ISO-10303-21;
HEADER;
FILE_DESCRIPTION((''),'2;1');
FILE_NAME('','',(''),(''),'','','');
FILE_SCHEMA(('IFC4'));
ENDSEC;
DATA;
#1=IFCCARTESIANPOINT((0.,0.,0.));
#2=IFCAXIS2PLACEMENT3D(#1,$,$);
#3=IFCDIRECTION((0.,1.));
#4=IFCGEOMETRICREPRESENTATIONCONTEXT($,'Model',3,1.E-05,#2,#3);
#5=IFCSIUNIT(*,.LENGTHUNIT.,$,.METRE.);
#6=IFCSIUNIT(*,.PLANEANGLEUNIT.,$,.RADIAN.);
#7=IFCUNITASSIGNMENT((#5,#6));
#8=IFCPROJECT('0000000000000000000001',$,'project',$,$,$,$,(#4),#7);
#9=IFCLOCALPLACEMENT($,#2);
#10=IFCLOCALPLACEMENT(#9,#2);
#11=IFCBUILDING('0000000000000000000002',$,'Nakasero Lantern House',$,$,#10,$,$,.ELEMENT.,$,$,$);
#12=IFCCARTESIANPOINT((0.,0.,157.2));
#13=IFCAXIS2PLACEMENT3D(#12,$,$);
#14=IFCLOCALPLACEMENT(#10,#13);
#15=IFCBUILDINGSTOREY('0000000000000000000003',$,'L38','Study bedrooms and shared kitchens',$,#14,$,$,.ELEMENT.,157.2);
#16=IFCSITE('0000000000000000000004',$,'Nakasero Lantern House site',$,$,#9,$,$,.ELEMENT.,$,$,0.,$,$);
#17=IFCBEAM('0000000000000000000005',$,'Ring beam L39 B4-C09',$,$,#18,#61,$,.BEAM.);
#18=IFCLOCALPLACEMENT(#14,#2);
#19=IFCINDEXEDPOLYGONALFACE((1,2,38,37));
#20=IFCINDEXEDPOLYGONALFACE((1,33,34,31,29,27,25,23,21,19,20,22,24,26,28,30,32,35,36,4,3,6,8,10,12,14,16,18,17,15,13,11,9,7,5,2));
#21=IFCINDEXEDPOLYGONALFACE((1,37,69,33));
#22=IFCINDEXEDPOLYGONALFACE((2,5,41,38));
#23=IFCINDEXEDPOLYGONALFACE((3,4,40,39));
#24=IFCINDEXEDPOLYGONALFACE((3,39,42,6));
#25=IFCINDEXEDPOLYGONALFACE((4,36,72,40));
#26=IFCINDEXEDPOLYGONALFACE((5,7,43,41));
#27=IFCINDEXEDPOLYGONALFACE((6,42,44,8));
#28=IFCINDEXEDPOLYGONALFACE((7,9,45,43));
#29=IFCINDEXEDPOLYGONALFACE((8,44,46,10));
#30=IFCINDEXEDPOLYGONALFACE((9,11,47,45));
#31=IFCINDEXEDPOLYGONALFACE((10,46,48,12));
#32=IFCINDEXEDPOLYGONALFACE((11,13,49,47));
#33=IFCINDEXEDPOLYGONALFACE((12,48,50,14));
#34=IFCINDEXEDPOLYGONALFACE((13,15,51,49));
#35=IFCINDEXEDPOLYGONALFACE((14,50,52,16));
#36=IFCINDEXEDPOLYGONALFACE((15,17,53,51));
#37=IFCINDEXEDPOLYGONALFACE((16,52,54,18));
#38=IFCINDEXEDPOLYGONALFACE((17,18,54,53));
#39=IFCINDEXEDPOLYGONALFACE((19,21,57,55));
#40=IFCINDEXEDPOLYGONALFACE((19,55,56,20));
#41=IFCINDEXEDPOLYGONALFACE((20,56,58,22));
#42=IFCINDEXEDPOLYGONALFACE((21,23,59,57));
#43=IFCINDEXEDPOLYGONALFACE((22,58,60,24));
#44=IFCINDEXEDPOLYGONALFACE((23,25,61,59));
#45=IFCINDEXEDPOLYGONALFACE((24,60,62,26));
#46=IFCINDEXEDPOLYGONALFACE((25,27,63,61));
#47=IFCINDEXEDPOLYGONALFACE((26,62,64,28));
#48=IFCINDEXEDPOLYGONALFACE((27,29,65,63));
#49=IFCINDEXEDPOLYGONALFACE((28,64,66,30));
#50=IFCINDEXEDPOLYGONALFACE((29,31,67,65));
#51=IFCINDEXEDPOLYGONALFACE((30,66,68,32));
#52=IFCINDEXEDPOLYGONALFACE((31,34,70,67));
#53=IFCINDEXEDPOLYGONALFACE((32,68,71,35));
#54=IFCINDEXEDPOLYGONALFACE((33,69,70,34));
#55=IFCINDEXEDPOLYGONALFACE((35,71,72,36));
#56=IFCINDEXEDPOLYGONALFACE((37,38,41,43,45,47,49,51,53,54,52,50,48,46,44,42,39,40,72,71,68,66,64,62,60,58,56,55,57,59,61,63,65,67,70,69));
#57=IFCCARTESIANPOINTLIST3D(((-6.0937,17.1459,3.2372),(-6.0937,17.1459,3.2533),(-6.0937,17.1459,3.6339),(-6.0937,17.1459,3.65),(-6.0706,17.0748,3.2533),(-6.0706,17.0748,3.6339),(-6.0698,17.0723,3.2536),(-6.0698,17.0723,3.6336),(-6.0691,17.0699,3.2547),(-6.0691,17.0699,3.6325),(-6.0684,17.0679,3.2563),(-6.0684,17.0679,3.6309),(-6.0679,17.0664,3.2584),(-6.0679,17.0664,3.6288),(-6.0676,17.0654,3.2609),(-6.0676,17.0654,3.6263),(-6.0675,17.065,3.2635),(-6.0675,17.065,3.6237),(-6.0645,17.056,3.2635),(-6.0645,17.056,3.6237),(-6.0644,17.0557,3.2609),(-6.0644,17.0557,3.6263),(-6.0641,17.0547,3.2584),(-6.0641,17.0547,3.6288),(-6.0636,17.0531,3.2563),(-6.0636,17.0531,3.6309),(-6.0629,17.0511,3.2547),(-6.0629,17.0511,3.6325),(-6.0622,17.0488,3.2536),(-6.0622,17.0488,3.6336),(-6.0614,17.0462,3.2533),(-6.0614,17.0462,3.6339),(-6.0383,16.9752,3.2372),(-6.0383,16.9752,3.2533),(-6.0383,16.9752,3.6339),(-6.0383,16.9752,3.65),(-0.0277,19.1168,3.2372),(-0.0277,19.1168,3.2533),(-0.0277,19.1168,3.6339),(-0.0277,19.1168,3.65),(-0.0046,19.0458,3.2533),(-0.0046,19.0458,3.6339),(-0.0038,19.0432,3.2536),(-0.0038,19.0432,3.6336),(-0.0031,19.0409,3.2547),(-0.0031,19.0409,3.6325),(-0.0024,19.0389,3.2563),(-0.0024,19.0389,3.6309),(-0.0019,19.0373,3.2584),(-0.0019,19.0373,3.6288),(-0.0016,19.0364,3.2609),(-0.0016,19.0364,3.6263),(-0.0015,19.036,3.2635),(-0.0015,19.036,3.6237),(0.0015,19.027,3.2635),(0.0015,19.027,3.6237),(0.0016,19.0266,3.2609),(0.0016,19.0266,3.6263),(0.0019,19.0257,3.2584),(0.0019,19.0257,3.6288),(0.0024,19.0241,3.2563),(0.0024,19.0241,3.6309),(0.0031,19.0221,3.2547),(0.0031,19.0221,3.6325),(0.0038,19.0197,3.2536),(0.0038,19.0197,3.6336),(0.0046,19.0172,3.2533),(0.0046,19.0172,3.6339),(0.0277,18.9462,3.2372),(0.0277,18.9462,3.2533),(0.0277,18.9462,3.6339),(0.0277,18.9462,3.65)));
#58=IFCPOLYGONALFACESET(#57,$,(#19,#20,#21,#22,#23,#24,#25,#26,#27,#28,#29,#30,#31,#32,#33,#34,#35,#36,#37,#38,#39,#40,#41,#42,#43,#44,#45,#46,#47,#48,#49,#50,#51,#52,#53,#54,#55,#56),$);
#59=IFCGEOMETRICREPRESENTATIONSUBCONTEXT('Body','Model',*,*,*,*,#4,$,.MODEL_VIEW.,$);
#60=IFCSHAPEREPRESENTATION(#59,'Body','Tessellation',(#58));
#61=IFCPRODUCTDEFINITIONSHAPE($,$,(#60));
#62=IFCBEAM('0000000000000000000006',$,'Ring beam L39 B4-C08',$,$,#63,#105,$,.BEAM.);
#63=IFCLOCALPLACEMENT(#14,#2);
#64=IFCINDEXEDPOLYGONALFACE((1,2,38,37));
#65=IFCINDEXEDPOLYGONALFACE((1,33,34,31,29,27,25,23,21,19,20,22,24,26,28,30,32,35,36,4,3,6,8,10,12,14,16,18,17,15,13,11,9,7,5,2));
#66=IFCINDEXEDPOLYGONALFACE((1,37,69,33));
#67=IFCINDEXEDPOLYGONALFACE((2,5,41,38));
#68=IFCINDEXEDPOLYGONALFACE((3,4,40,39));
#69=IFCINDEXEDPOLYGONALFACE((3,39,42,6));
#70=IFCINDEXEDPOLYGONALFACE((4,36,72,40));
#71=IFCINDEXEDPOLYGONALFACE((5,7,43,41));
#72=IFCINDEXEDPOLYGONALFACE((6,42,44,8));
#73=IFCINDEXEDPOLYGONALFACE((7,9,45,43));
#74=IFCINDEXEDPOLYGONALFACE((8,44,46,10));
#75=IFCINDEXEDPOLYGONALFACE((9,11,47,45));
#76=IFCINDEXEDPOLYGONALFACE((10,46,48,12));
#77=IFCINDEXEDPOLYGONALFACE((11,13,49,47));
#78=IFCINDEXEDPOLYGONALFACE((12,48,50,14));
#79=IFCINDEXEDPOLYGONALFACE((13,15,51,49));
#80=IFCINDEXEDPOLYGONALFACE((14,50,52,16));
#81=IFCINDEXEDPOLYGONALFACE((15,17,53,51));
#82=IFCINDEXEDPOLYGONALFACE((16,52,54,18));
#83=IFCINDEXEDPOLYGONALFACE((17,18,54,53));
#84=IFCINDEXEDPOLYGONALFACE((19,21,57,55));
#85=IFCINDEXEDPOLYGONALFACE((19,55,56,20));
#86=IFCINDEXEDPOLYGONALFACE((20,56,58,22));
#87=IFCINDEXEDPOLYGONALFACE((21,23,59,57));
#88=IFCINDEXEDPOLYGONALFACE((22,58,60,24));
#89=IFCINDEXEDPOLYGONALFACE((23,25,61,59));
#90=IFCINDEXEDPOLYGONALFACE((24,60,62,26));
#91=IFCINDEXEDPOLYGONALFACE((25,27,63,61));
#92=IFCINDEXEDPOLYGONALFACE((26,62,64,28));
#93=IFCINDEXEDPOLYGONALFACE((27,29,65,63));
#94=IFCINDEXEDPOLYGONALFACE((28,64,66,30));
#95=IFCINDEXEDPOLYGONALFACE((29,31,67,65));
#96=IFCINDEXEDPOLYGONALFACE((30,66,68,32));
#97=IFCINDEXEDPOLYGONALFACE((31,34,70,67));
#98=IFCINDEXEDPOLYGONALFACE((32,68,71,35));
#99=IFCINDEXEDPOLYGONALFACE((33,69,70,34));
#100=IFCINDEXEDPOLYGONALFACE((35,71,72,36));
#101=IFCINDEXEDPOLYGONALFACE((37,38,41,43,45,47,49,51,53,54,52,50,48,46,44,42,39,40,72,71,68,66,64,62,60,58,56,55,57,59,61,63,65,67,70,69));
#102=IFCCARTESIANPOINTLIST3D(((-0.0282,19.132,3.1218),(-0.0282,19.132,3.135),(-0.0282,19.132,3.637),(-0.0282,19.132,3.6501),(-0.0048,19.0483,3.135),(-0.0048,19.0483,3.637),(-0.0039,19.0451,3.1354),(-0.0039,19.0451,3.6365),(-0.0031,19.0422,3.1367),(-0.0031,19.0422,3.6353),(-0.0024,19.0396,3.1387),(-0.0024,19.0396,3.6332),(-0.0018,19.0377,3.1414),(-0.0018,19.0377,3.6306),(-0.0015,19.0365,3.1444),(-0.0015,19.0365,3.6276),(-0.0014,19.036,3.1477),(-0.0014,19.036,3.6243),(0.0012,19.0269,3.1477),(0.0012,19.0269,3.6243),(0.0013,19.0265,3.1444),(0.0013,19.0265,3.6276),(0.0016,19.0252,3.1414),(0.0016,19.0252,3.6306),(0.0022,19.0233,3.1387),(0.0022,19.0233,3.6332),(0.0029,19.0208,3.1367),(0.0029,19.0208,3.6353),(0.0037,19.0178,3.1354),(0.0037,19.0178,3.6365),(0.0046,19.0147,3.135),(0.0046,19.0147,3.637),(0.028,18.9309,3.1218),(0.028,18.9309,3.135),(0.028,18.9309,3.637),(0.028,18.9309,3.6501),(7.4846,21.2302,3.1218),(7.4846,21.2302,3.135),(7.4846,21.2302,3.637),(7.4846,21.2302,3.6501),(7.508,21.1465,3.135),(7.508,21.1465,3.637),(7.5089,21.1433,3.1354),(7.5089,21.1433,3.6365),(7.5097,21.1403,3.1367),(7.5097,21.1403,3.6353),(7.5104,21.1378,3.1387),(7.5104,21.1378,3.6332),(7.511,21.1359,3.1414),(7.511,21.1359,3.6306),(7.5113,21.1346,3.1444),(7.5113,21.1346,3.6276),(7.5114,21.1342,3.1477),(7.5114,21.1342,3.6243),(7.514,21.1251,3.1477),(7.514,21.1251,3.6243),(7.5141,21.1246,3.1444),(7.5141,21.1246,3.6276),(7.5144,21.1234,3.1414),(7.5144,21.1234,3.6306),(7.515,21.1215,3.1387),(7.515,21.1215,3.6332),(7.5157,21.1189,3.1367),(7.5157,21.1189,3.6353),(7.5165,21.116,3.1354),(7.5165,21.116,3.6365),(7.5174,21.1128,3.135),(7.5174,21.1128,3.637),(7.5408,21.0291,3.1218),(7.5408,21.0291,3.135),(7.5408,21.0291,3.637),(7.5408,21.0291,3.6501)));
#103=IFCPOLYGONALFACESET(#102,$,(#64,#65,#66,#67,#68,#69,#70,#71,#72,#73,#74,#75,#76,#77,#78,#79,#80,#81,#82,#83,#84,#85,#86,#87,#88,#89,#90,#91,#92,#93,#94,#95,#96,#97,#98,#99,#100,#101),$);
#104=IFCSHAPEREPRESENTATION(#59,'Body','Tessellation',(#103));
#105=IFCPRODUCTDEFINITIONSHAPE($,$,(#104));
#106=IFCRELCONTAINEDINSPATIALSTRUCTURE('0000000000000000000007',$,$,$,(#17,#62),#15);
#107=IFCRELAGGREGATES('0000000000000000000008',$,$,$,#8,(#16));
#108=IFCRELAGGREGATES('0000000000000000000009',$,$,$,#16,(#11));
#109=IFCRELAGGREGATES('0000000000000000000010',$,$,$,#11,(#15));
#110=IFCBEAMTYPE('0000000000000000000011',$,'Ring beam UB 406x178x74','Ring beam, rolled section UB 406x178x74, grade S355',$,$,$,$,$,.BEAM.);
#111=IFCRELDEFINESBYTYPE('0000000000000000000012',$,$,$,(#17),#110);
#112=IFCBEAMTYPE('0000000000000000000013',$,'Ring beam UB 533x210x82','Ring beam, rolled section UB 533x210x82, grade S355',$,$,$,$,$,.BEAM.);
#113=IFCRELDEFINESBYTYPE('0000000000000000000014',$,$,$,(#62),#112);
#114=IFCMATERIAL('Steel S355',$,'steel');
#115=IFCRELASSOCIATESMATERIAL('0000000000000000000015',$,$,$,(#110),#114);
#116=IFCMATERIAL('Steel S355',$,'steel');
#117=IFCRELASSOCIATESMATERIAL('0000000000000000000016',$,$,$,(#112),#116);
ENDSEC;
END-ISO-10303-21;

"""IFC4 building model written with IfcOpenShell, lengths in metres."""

from ifc_helpers import new_model, si_unit, direction, frame, origin, origin_2d, place, context, subcontext, project, spatial, i_section, extrude, material, material_profile, profile_set, type_object, element, save


model = new_model("IFC4")

# Units and contexts
model_context = context("Model", 3, precision=1e-05, world=origin(), true_north=direction((0.0, 1.0)))
body_context = subcontext(model_context, "Body", "Model", "MODEL_VIEW")
ifc_project = project(units=[si_unit("LENGTHUNIT", "METRE"), si_unit("PLANEANGLEUNIT", "RADIAN")], contexts=[model_context])

# Site, building, storey
site_placement = place(None, origin())
site = spatial("IfcSite", under=ifc_project, at=site_placement, Name="Nakasero Lantern House site", CompositionType="ELEMENT", RefElevation=0.0)
building_placement = place(site_placement, origin())
building = spatial("IfcBuilding", under=site, at=building_placement, Name="Nakasero Lantern House", CompositionType="ELEMENT")
storey_placement = place(building_placement, frame((0.0, 0.0, 157.2)))
storey = spatial("IfcBuildingStorey", under=building, at=storey_placement, Name="L38", Description="Study bedrooms and shared kitchens", CompositionType="ELEMENT", Elevation=157.2)

# Beams
ifc_material_1 = material(Name="Steel S355", Category="steel")
ifc_material_profile_1 = material_profile(ifc_material_1, i_section(OverallWidth=0.1794, OverallDepth=0.4128, WebThickness=0.0095, FlangeThickness=0.0161, FilletRadius=0.0103, at=origin_2d()), Name="UB 406x178x74")
ifc_profile_set_1 = profile_set([ifc_material_profile_1], Name="Steel S355")
beam_type_1 = type_object("IfcBeamType", Name="Ring beam UB 406x178x74", Description="Ring beam, rolled section UB 406x178x74, grade S355", PredefinedType="BEAM", material=ifc_profile_set_1)
beam_1_placement = place(storey_placement, frame((0.0, 19.0315, 3.4436), z_axis=(-0.951056, -0.309019, 0.0), x_axis=(0.309019, -0.951056, 0.0)))
element("IfcBeam", 1, at=beam_1_placement, inside=storey, type_object=beam_type_1, Name="Ring beam L39 B4-C09", PredefinedType="BEAM", context=body_context, shape_type="SweptSolid", body=[
    extrude(i_section(OverallWidth=0.1794, OverallDepth=0.4128, WebThickness=0.0095, FlangeThickness=0.0161, FilletRadius=0.0103, at=origin_2d()), origin(), (0.0, 0.0, 1.0), 6.3782),
])
ifc_material_2 = material(Name="Steel S355", Category="steel")
ifc_material_profile_2 = material_profile(ifc_material_2, i_section(OverallWidth=0.2087, OverallDepth=0.5283, WebThickness=0.0095, FlangeThickness=0.0132, FilletRadius=0.0127, at=origin_2d()), Name="UB 533x210x82")
ifc_profile_set_2 = profile_set([ifc_material_profile_2], Name="Steel S355")
beam_type_2 = type_object("IfcBeamType", Name="Ring beam UB 533x210x82", Description="Ring beam, rolled section UB 533x210x82, grade S355", PredefinedType="BEAM", material=ifc_profile_set_2)
beam_2_placement = place(storey_placement, frame((7.5127, 21.1296, 3.386), z_axis=(-0.963144, -0.268987, 0.0), x_axis=(0.268987, -0.963144, 0.0)))
element("IfcBeam", 2, at=beam_2_placement, inside=storey, type_object=beam_type_2, Name="Ring beam L39 B4-C08", PredefinedType="BEAM", context=body_context, shape_type="SweptSolid", body=[
    extrude(i_section(OverallWidth=0.2087, OverallDepth=0.5283, WebThickness=0.0095, FlangeThickness=0.0132, FilletRadius=0.0127, at=origin_2d()), origin(), (0.0, 0.0, 1.0), 7.8003),
])

save(model, "model.ifc")
